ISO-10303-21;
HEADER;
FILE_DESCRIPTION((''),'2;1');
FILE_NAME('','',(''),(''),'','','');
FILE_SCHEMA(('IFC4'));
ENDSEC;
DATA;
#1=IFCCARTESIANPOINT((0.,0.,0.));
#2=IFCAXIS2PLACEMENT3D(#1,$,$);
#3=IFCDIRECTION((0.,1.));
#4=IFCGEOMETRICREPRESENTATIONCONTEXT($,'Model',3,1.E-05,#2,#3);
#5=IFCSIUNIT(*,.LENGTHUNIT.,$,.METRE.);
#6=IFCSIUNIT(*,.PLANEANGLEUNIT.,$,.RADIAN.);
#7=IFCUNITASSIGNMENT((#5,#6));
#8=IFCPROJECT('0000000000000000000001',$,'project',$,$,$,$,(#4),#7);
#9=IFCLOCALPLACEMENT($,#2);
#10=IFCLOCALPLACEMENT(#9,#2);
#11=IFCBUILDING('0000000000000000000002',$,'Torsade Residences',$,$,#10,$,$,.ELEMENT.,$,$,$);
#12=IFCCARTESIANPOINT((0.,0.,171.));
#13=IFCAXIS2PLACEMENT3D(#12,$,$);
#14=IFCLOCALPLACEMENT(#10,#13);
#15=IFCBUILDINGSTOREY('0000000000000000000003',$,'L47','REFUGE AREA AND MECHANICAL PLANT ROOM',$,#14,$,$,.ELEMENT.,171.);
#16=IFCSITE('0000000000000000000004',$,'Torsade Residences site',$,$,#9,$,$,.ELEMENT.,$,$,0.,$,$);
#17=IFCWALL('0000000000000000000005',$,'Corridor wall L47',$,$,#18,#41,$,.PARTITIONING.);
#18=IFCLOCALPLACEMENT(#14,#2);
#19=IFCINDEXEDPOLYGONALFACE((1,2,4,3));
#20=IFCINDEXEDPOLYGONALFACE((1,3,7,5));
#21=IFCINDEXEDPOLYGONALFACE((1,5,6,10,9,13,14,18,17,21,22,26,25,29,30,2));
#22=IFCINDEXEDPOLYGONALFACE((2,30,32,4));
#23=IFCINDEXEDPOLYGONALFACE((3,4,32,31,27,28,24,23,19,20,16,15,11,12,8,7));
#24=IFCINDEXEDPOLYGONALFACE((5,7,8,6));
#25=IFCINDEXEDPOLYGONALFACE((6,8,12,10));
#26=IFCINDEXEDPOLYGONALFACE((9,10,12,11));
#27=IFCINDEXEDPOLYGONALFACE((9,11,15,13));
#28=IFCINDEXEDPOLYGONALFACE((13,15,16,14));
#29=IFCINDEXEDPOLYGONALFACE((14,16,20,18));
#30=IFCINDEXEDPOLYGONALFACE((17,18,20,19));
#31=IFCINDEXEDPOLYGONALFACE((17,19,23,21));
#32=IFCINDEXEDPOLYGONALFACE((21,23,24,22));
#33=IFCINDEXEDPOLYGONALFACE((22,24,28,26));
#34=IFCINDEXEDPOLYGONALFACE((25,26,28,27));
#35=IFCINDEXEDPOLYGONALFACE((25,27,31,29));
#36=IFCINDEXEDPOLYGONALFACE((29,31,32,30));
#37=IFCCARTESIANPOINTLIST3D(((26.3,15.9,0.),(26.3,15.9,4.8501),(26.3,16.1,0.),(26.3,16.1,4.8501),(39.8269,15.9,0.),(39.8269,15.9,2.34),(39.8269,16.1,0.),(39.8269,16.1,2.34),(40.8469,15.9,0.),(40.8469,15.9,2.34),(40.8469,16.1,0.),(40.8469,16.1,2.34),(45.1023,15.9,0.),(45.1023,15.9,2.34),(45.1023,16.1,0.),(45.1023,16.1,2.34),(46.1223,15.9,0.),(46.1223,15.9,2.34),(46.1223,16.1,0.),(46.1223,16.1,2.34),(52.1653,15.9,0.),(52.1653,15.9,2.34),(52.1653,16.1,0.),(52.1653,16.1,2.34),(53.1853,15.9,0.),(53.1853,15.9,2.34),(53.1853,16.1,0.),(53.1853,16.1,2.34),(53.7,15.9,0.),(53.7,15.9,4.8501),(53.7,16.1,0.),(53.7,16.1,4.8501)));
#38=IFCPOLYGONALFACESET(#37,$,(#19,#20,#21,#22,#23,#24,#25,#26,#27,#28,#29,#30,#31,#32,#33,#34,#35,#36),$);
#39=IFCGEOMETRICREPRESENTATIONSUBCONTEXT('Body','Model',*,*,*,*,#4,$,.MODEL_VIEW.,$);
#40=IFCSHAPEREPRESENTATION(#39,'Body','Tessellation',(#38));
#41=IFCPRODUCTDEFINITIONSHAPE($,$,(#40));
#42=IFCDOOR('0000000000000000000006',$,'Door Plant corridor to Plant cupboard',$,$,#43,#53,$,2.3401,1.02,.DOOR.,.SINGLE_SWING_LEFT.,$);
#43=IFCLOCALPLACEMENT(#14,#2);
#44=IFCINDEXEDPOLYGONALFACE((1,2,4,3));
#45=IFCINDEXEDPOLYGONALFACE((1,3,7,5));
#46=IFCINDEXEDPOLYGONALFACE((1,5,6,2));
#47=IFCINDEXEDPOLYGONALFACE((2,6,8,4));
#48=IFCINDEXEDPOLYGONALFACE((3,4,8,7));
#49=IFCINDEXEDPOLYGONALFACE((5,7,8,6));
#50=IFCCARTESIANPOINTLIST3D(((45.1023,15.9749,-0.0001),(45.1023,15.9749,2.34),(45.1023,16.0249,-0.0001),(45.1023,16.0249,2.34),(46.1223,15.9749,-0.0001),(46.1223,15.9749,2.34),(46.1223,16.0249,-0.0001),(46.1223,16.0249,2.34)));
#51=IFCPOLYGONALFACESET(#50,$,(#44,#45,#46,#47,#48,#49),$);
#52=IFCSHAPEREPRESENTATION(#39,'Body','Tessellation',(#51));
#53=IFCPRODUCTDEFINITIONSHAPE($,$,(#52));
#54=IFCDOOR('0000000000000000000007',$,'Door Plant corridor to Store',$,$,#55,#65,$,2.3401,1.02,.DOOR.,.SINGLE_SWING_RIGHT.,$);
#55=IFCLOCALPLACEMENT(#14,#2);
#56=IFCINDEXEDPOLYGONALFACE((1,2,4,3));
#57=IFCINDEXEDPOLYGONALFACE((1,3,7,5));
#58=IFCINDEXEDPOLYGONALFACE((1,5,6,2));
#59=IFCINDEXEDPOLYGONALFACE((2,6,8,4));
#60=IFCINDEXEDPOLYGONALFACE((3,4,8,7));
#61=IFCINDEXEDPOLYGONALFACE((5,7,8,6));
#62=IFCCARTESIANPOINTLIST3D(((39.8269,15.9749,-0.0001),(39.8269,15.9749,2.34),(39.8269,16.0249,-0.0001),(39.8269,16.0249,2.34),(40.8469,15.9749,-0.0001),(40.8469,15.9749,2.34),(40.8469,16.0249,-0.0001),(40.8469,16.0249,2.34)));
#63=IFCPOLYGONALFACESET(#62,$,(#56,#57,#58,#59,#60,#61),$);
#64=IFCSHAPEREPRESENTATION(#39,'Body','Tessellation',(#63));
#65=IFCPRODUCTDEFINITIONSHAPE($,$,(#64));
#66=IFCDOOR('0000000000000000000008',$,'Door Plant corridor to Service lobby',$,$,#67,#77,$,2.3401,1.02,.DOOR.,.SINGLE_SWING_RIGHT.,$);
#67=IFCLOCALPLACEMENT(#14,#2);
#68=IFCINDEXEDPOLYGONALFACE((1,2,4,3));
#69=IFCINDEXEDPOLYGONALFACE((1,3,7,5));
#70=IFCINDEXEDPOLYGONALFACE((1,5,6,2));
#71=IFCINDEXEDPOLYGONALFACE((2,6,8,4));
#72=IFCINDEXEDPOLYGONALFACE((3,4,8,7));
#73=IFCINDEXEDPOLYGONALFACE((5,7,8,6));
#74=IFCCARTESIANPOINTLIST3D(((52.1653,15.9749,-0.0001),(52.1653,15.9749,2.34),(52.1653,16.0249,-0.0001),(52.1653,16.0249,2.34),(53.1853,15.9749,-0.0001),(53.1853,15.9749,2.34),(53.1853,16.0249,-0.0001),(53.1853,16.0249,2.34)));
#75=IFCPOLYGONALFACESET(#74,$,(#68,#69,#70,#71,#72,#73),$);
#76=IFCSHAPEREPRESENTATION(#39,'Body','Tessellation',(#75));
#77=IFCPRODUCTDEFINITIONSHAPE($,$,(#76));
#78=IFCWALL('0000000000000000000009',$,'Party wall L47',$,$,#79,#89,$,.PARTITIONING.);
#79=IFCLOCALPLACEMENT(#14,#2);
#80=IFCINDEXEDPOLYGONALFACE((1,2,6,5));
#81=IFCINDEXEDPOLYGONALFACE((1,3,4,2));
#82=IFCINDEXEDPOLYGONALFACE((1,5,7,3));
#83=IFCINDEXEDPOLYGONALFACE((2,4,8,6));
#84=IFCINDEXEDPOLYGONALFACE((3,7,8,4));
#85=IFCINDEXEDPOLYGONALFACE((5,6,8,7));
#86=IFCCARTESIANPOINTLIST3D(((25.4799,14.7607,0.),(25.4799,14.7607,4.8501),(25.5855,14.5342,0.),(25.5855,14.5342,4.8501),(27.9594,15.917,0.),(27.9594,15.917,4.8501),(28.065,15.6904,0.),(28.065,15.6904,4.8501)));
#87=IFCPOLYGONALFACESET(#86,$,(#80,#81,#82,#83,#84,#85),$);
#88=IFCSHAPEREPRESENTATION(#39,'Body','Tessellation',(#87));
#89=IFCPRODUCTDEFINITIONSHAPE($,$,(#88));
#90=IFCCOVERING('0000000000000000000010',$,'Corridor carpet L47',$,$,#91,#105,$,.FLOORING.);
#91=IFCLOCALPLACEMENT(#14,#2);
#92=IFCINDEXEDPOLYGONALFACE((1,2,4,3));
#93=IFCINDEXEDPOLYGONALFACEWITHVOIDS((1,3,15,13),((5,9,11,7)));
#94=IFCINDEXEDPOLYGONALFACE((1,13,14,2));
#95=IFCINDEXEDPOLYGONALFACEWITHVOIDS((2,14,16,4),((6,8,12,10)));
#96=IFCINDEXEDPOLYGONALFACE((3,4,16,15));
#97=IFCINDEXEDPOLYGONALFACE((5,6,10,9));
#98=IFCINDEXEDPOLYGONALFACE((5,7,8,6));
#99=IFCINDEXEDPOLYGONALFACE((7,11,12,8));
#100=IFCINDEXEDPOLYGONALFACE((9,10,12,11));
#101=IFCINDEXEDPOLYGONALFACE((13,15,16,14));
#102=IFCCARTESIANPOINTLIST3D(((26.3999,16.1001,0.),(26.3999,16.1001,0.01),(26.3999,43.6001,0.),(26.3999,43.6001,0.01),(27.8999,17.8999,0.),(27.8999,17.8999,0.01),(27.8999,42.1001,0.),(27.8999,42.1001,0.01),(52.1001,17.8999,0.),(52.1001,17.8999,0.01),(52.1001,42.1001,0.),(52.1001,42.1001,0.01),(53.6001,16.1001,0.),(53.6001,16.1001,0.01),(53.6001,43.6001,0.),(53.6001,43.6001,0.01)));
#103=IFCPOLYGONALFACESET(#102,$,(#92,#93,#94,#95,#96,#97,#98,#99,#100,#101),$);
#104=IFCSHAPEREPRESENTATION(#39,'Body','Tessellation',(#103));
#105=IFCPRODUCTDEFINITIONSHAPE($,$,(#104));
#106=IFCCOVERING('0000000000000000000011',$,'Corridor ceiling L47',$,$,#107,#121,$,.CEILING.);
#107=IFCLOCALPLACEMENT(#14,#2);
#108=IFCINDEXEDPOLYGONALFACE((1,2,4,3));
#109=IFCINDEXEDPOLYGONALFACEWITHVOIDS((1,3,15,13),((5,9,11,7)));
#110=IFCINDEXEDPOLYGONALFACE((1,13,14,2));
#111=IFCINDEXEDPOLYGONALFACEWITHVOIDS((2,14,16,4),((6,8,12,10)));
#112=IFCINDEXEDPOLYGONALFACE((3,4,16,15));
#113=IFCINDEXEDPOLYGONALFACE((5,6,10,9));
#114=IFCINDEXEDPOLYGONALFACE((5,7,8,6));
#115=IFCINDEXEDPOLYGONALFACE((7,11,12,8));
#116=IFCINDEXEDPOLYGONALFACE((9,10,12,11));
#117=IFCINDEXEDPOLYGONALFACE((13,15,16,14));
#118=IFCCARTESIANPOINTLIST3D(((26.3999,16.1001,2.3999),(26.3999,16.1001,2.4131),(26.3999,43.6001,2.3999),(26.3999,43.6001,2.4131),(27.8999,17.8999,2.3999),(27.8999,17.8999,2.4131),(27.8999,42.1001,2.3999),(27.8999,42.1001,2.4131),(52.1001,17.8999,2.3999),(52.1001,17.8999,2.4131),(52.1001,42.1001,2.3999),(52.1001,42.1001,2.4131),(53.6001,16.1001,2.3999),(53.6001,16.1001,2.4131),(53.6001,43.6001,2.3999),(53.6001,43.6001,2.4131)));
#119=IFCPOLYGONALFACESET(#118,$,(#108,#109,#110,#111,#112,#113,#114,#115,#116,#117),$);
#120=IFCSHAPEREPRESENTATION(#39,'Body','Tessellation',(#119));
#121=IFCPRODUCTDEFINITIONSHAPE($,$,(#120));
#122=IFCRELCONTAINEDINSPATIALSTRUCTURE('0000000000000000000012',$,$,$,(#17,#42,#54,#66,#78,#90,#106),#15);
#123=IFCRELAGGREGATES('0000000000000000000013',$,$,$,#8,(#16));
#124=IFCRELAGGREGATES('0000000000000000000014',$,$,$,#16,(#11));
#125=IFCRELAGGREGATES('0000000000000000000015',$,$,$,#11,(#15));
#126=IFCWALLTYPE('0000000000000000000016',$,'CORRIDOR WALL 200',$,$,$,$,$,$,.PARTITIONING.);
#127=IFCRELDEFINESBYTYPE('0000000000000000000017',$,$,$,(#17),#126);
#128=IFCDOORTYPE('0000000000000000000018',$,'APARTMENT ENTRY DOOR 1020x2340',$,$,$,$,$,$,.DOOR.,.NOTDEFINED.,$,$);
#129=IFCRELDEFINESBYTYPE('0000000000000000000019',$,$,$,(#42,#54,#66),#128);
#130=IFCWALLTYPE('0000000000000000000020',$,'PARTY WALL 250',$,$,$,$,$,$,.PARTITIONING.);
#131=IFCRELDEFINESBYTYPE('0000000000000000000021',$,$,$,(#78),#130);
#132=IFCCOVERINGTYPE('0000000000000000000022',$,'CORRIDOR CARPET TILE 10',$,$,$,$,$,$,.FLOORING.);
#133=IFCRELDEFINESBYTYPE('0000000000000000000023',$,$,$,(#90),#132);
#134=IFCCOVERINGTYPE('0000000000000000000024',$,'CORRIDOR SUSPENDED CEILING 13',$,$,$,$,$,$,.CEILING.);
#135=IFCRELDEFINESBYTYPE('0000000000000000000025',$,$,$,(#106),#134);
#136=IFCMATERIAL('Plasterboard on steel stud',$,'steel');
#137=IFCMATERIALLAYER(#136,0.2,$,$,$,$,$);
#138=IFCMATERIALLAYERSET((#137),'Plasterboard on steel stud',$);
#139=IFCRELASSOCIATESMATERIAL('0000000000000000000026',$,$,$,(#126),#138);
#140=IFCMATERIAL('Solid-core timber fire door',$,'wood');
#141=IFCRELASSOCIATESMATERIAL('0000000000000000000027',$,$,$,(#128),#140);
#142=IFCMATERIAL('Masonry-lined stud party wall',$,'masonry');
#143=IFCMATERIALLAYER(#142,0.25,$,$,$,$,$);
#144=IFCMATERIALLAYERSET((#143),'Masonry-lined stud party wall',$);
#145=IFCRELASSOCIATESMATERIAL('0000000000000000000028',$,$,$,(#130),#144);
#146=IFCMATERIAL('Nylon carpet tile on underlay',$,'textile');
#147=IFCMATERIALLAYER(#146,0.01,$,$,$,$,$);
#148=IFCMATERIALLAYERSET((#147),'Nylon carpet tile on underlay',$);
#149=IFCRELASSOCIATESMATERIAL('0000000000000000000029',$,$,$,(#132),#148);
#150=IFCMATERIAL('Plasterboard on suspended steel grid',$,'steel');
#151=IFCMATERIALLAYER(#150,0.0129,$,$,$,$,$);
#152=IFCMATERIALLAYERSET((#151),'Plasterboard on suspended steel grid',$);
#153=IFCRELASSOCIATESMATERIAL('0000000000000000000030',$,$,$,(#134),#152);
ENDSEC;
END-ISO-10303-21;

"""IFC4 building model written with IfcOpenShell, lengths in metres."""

from ifc_helpers import new_model, si_unit, direction, frame, frame_2d, origin, place, context, subcontext, project, spatial, polyline, rectangle, outline, extrude, material, layer, layer_set, type_object, element, fill, save


model = new_model("IFC4")

# Units and contexts
model_context = context("Model", 3, precision=1e-05, world=origin(), true_north=direction((0.0, 1.0)))
body_context = subcontext(model_context, "Body", "Model", "MODEL_VIEW")
ifc_project = project(units=[si_unit("LENGTHUNIT", "METRE"), si_unit("PLANEANGLEUNIT", "RADIAN")], contexts=[model_context])

# Site, building, storey
site_placement = place(None, origin())
site = spatial("IfcSite", under=ifc_project, at=site_placement, Name="Torsade Residences site", CompositionType="ELEMENT", RefElevation=0.0)
building_placement = place(site_placement, origin())
building = spatial("IfcBuilding", under=site, at=building_placement, Name="Torsade Residences", CompositionType="ELEMENT")
storey_placement = place(building_placement, frame((0.0, 0.0, 171.0)))
storey = spatial("IfcBuildingStorey", under=building, at=storey_placement, Name="L47", Description="REFUGE AREA AND MECHANICAL PLANT ROOM", CompositionType="ELEMENT", Elevation=171.0)

# Wall, openings, doors
ifc_material_1 = material(Name="Plasterboard on steel stud", Category="steel")
ifc_layer_1 = layer(ifc_material_1, 0.2)
ifc_layer_set_1 = layer_set([ifc_layer_1], Name="Plasterboard on steel stud")
wall_type_1 = type_object("IfcWallType", Name="CORRIDOR WALL 200", PredefinedType="PARTITIONING", material=ifc_layer_set_1)
wall_1_placement = place(storey_placement, frame((26.3, 16.0, 0.0), z_axis=(0.0, 0.0, 1.0), x_axis=(1.0, 0.0, 0.0)))
wall_1 = element("IfcWall", 1, at=wall_1_placement, inside=storey, type_object=wall_type_1, Name="Corridor wall L47", PredefinedType="PARTITIONING", context=body_context, shape_type="SweptSolid", body=[
    extrude(rectangle(XDim=27.3999, YDim=0.2, at=frame_2d((13.7, 0.0))), origin(), (0.0, 0.0, 1.0), 4.8501),
])
opening_1_placement = place(wall_1_placement, frame((18.8022, 0.0, 0.0)))
opening_1 = element("IfcOpeningElement", 2, at=opening_1_placement, cuts=wall_1, PredefinedType="OPENING", context=body_context, shape_type="SweptSolid", body=[
    extrude(rectangle(XDim=1.02, YDim=2.3401, at=frame_2d((0.51, 1.1699))), frame((0.0, 0.1099, 0.0), z_axis=(0.0, -1.0, 0.0), x_axis=(1.0, 0.0, 0.0)), (0.0, 0.0, 1.0), 0.22),
])
opening_2_placement = place(wall_1_placement, frame((13.5269, 0.0, 0.0)))
opening_2 = element("IfcOpeningElement", 3, at=opening_2_placement, cuts=wall_1, PredefinedType="OPENING", context=body_context, shape_type="SweptSolid", body=[
    extrude(rectangle(XDim=1.02, YDim=2.3401, at=frame_2d((0.51, 1.1699))), frame((0.0, 0.1099, 0.0), z_axis=(0.0, -1.0, 0.0), x_axis=(1.0, 0.0, 0.0)), (0.0, 0.0, 1.0), 0.22),
])
opening_3_placement = place(wall_1_placement, frame((25.8652, 0.0, 0.0)))
opening_3 = element("IfcOpeningElement", 4, at=opening_3_placement, cuts=wall_1, PredefinedType="OPENING", context=body_context, shape_type="SweptSolid", body=[
    extrude(rectangle(XDim=1.02, YDim=2.3401, at=frame_2d((0.51, 1.1699))), frame((0.0, 0.1099, 0.0), z_axis=(0.0, -1.0, 0.0), x_axis=(1.0, 0.0, 0.0)), (0.0, 0.0, 1.0), 0.22),
])
ifc_material_2 = material(Name="Solid-core timber fire door", Category="wood")
door_type = type_object("IfcDoorType", Name="APARTMENT ENTRY DOOR 1020x2340", OperationType="NOTDEFINED", PredefinedType="DOOR", material=ifc_material_2)
door_1_placement = place(opening_1_placement, origin())
door_1 = element("IfcDoor", 5, at=door_1_placement, inside=storey, type_object=door_type, Name="Door Plant corridor to Plant cupboard", OperationType="SINGLE_SWING_LEFT", OverallHeight=2.3401, OverallWidth=1.02, PredefinedType="DOOR", context=body_context, shape_type="SweptSolid", body=[
    extrude(rectangle(XDim=1.02, YDim=2.3401, at=frame_2d((0.51, 1.1699))), frame((0.0, 0.0249, 0.0), z_axis=(0.0, -1.0, 0.0), x_axis=(1.0, 0.0, 0.0)), (0.0, 0.0, 1.0), 0.05),
])
fill(opening_1, door_1)
door_2_placement = place(opening_2_placement, origin())
door_2 = element("IfcDoor", 6, at=door_2_placement, inside=storey, type_object=door_type, Name="Door Plant corridor to Store", OperationType="SINGLE_SWING_RIGHT", OverallHeight=2.3401, OverallWidth=1.02, PredefinedType="DOOR", context=body_context, shape_type="SweptSolid", body=[
    extrude(rectangle(XDim=1.02, YDim=2.3401, at=frame_2d((0.51, 1.1699))), frame((0.0, 0.0249, 0.0), z_axis=(0.0, -1.0, 0.0), x_axis=(1.0, 0.0, 0.0)), (0.0, 0.0, 1.0), 0.05),
])
fill(opening_2, door_2)
door_3_placement = place(opening_3_placement, origin())
door_3 = element("IfcDoor", 7, at=door_3_placement, inside=storey, type_object=door_type, Name="Door Plant corridor to Service lobby", OperationType="SINGLE_SWING_RIGHT", OverallHeight=2.3401, OverallWidth=1.02, PredefinedType="DOOR", context=body_context, shape_type="SweptSolid", body=[
    extrude(rectangle(XDim=1.02, YDim=2.3401, at=frame_2d((0.51, 1.1699))), frame((0.0, 0.0249, 0.0), z_axis=(0.0, -1.0, 0.0), x_axis=(1.0, 0.0, 0.0)), (0.0, 0.0, 1.0), 0.05),
])
fill(opening_3, door_3)

# Wall
ifc_material_3 = material(Name="Masonry-lined stud party wall", Category="masonry")
ifc_layer_2 = layer(ifc_material_3, 0.25)
ifc_layer_set_2 = layer_set([ifc_layer_2], Name="Masonry-lined stud party wall")
wall_type_2 = type_object("IfcWallType", Name="PARTY WALL 250", PredefinedType="PARTITIONING", material=ifc_layer_set_2)
wall_2_placement = place(storey_placement, frame((25.5327, 14.6475, 0.0), z_axis=(0.0, 0.0, 1.0), x_axis=(0.906302, 0.422631, 0.0)))
element("IfcWall", 8, at=wall_2_placement, inside=storey, type_object=wall_type_2, Name="Party wall L47", PredefinedType="PARTITIONING", context=body_context, shape_type="SweptSolid", body=[
    extrude(rectangle(XDim=2.7358, YDim=0.25, at=frame_2d((1.3679, 0.0))), origin(), (0.0, 0.0, 1.0), 4.8501),
])

# Coverings
ifc_material_4 = material(Name="Nylon carpet tile on underlay", Category="textile")
ifc_layer_3 = layer(ifc_material_4, 0.01)
ifc_layer_set_3 = layer_set([ifc_layer_3], Name="Nylon carpet tile on underlay")
covering_type_1 = type_object("IfcCoveringType", Name="CORRIDOR CARPET TILE 10", PredefinedType="FLOORING", material=ifc_layer_set_3)
covering_1_placement = place(storey_placement, origin())
element("IfcCovering", 9, at=covering_1_placement, inside=storey, type_object=covering_type_1, Name="Corridor carpet L47", PredefinedType="FLOORING", context=body_context, shape_type="SweptSolid", body=[
    extrude(outline(polyline([(26.3999, 16.1001), (53.6001, 16.1001), (53.6001, 43.6001), (26.3999, 43.6001), (26.3999, 16.1001)]), holes=[polyline([(27.8999, 42.1001), (27.8999, 17.8999), (52.1001, 17.8999), (52.1001, 42.1001), (27.8999, 42.1001)])]), origin(), (0.0, 0.0, 1.0), 0.01),
])
ifc_material_5 = material(Name="Plasterboard on suspended steel grid", Category="steel")
ifc_layer_4 = layer(ifc_material_5, 0.0129)
ifc_layer_set_4 = layer_set([ifc_layer_4], Name="Plasterboard on suspended steel grid")
covering_type_2 = type_object("IfcCoveringType", Name="CORRIDOR SUSPENDED CEILING 13", PredefinedType="CEILING", material=ifc_layer_set_4)
covering_2_placement = place(storey_placement, frame((0.0, 0.0, 2.3999)))
element("IfcCovering", 10, at=covering_2_placement, inside=storey, type_object=covering_type_2, Name="Corridor ceiling L47", PredefinedType="CEILING", context=body_context, shape_type="SweptSolid", body=[
    extrude(outline(polyline([(26.3999, 16.1001), (53.6001, 16.1001), (53.6001, 43.6001), (26.3999, 43.6001), (26.3999, 16.1001)]), holes=[polyline([(27.8999, 42.1001), (27.8999, 17.8999), (52.1001, 17.8999), (52.1001, 42.1001), (27.8999, 42.1001)])]), origin(), (0.0, 0.0, 1.0), 0.0132),
])

save(model, "model.ifc")
